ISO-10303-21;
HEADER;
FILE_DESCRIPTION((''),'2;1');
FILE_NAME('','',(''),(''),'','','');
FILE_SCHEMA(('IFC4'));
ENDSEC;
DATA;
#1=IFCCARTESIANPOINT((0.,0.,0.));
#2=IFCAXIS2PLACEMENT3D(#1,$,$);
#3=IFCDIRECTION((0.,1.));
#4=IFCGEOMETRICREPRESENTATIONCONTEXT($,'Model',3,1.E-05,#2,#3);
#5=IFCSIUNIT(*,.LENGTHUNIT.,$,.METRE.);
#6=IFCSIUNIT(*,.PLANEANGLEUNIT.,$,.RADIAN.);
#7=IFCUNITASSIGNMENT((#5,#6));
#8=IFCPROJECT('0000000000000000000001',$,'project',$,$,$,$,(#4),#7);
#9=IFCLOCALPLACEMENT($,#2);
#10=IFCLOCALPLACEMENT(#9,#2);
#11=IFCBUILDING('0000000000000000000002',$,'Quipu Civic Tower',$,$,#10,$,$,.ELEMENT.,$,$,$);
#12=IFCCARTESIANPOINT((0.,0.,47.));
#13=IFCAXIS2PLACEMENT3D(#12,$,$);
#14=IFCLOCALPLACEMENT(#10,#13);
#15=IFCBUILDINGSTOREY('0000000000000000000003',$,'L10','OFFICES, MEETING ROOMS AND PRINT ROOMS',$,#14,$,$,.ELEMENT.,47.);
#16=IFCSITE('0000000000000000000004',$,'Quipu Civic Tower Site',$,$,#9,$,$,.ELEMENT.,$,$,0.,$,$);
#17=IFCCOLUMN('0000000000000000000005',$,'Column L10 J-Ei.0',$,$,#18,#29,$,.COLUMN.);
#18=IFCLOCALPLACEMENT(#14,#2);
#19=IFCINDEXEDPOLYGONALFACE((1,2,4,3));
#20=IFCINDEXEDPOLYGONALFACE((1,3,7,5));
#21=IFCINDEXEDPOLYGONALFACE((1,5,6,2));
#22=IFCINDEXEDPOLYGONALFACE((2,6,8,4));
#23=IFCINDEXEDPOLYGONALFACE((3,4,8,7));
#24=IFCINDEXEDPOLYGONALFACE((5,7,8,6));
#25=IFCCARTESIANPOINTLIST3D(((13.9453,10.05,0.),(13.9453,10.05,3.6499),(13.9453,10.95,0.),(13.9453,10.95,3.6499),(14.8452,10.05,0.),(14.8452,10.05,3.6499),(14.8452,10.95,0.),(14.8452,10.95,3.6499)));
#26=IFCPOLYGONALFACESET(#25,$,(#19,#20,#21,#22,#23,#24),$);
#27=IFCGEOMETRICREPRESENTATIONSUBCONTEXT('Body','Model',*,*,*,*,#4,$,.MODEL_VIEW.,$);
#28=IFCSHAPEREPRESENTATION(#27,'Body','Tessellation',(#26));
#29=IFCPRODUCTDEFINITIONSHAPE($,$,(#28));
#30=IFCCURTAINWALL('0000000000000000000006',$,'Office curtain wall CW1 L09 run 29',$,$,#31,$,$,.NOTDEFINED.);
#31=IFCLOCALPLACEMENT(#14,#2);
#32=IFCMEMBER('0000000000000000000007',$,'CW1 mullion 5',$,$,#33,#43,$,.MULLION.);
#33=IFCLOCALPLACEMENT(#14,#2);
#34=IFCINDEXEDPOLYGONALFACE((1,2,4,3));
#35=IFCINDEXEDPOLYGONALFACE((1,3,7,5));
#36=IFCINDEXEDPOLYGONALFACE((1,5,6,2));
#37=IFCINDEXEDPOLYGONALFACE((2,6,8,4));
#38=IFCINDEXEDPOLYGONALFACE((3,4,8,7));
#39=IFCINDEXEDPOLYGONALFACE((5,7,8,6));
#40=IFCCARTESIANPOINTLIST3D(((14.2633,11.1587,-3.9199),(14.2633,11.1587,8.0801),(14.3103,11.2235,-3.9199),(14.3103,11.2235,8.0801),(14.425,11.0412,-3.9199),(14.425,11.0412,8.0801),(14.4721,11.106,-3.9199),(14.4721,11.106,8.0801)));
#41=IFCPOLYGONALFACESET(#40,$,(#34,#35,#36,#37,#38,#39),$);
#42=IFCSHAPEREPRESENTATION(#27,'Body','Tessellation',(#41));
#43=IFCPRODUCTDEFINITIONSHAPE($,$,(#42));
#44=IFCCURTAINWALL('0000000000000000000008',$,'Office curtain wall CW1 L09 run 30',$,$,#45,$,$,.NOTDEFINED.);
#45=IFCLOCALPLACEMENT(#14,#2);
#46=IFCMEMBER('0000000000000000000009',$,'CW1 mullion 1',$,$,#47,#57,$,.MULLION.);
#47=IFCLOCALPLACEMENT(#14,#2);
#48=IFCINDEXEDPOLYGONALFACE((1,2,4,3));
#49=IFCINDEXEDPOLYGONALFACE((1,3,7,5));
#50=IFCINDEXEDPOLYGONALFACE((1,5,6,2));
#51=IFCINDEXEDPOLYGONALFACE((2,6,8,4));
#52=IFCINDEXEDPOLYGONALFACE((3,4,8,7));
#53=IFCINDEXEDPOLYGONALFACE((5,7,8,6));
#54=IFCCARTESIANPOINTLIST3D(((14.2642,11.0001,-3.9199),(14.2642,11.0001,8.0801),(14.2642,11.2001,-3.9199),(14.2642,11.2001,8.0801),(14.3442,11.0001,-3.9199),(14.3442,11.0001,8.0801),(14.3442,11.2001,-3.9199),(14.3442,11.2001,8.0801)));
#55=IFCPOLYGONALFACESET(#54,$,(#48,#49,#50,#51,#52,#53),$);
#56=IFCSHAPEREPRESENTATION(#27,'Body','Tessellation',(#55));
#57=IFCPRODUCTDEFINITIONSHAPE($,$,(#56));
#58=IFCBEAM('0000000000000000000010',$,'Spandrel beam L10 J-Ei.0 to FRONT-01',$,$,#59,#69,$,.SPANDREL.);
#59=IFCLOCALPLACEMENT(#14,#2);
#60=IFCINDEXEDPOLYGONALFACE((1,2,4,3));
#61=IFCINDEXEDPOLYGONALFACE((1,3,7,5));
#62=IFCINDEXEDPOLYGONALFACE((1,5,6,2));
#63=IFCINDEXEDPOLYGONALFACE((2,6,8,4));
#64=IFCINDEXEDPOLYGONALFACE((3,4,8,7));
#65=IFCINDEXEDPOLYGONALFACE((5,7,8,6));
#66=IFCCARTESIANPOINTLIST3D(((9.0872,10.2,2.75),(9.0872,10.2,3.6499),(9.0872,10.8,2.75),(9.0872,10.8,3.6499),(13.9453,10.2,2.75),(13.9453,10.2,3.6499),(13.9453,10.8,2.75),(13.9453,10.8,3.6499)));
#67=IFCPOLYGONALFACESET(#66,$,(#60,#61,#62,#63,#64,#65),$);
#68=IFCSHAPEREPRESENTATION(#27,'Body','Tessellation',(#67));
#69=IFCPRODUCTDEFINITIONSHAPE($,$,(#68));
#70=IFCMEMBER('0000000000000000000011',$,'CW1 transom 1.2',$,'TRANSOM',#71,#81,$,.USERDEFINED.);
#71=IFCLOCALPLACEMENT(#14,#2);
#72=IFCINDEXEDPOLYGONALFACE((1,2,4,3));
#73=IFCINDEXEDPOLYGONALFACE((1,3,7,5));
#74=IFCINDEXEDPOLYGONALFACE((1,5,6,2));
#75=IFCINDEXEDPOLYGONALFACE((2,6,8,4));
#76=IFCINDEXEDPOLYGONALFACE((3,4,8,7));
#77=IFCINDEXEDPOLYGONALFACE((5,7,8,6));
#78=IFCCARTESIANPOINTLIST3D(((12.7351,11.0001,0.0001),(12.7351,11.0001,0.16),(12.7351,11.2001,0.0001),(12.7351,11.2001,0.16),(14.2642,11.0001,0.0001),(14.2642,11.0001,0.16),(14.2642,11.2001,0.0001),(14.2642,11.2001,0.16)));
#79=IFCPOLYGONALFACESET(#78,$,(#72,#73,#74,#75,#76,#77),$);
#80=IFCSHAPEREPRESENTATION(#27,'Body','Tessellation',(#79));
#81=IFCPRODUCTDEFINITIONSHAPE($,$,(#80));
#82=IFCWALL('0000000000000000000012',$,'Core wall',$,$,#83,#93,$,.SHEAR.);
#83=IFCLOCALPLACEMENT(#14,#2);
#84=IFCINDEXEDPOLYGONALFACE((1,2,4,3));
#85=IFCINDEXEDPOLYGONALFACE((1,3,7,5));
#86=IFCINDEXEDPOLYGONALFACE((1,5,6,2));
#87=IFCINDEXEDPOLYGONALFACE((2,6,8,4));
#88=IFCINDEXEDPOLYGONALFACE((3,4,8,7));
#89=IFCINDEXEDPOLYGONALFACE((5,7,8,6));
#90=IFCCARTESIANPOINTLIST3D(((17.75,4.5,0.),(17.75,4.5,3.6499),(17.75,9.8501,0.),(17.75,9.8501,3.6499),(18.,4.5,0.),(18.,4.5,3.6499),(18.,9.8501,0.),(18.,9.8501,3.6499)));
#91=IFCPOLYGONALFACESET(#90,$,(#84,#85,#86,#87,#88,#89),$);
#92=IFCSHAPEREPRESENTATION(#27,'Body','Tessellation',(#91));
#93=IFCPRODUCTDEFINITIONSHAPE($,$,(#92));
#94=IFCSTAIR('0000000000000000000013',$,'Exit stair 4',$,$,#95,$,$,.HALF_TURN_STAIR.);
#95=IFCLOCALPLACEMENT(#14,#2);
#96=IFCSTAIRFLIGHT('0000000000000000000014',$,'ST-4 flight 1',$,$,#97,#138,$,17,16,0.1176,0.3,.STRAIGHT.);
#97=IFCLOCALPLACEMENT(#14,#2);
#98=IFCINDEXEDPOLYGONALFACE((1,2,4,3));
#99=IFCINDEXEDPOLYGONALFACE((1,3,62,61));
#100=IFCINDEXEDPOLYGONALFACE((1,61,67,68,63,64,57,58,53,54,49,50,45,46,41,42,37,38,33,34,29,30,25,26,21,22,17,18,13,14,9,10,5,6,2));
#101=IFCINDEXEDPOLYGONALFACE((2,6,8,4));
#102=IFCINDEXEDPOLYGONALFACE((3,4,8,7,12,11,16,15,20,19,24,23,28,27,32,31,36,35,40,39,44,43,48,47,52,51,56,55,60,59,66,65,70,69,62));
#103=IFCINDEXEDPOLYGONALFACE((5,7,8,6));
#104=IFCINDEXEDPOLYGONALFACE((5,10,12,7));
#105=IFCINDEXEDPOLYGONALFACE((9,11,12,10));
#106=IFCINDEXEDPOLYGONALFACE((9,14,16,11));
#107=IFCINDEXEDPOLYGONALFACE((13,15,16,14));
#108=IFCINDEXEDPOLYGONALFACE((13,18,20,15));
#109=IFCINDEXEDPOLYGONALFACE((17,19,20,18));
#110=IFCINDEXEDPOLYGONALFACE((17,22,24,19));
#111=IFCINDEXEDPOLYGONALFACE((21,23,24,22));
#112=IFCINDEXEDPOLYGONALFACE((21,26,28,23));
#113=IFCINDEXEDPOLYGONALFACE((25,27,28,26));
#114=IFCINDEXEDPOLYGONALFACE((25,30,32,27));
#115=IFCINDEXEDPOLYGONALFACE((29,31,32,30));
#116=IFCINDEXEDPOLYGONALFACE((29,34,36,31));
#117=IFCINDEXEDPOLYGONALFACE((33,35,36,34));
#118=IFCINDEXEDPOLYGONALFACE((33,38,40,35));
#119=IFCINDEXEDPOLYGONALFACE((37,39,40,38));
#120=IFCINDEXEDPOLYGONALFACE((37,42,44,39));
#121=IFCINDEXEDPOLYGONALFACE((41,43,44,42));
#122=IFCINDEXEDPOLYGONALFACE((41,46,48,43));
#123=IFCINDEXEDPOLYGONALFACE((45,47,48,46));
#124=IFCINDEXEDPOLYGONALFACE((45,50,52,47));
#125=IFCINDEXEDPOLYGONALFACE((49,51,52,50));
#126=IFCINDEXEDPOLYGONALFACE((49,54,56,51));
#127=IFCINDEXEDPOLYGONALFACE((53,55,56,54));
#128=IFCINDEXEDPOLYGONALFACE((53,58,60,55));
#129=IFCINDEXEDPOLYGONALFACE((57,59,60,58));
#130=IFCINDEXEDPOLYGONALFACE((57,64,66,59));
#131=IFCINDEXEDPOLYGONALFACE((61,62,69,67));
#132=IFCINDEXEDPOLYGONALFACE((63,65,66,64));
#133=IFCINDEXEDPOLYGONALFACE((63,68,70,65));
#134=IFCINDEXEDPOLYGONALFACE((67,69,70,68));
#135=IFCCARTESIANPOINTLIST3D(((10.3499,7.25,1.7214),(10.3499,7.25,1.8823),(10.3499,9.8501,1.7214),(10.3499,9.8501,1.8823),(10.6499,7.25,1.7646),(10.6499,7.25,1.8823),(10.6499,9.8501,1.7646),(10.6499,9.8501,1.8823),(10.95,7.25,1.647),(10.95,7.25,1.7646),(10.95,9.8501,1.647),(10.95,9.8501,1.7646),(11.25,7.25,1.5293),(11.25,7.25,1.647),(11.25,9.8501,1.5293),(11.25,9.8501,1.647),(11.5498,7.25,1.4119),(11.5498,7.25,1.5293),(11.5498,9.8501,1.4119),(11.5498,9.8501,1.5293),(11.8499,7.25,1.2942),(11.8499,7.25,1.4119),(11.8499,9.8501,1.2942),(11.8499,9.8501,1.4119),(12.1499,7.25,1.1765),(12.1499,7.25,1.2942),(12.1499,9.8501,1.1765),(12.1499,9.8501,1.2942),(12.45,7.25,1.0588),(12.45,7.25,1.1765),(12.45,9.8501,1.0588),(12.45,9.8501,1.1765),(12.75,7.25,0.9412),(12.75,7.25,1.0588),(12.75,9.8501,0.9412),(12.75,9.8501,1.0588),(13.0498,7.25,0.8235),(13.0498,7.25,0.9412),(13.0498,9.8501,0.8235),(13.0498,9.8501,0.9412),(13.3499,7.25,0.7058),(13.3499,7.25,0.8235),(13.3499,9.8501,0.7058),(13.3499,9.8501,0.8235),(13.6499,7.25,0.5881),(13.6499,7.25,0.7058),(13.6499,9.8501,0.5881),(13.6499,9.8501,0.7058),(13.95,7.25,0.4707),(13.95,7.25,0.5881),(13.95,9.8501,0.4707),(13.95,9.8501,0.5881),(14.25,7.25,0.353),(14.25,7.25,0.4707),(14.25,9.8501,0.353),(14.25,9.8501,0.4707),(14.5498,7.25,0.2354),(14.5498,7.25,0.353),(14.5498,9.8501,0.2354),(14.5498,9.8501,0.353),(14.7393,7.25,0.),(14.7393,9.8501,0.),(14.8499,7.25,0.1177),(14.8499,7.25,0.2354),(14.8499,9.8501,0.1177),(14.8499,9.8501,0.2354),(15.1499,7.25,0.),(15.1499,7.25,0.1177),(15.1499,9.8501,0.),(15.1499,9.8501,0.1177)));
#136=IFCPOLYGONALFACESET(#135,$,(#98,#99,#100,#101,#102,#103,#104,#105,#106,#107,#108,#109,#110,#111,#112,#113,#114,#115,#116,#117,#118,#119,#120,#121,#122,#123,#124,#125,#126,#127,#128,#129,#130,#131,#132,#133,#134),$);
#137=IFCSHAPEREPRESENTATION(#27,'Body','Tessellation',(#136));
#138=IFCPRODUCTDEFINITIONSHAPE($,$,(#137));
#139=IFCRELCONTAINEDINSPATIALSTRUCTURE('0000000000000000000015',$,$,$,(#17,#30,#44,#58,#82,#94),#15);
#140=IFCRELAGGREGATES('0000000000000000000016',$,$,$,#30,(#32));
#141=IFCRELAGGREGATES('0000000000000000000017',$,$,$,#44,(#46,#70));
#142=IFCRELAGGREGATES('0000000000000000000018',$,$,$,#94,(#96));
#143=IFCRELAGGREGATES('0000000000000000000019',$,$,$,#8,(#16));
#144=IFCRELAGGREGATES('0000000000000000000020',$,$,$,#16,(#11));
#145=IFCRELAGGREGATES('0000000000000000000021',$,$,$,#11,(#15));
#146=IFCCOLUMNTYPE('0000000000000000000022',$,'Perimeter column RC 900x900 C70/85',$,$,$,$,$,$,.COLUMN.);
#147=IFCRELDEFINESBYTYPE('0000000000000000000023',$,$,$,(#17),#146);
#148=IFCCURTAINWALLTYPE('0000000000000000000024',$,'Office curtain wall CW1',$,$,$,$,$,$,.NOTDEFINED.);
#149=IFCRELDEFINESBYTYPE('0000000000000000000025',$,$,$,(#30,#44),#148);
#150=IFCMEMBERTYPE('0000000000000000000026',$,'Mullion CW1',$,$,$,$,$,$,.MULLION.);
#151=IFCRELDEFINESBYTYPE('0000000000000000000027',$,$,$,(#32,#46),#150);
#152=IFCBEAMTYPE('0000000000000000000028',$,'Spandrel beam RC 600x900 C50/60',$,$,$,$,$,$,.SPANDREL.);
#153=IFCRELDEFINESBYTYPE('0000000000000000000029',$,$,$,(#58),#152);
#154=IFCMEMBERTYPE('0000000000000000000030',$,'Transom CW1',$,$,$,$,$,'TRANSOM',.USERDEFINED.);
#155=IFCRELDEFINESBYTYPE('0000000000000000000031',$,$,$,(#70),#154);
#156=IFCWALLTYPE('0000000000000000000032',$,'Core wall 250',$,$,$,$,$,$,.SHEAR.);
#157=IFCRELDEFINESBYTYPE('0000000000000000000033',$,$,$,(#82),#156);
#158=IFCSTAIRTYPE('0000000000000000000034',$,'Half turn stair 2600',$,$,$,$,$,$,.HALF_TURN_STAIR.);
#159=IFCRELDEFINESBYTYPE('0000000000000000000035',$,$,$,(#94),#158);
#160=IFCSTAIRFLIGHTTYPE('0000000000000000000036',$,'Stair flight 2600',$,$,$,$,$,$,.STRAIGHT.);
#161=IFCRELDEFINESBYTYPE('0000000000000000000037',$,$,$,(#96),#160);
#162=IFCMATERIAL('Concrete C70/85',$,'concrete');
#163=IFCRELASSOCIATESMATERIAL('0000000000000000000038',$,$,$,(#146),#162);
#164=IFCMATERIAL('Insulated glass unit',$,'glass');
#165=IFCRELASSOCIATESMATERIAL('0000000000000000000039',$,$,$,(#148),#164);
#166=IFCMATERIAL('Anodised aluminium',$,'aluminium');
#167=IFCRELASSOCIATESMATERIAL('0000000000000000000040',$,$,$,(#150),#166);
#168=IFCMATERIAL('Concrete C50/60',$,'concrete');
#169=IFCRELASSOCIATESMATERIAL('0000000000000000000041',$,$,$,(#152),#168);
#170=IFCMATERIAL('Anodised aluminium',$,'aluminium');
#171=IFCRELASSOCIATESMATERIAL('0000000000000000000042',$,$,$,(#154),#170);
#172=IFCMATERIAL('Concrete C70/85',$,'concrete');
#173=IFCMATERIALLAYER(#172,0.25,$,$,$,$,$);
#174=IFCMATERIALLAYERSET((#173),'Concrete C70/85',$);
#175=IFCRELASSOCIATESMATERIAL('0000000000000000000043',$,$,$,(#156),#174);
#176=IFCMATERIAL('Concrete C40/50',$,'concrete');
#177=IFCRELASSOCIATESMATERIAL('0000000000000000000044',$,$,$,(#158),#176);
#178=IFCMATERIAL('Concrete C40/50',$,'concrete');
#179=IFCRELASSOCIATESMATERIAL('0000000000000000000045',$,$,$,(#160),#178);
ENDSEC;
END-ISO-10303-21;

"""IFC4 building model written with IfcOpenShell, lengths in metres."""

from ifc_helpers import new_model, si_unit, direction, frame, frame_2d, origin, origin_2d, place, context, subcontext, project, spatial, polyline, rectangle, outline, extrude, material, layer, layer_set, material_profile, profile_set, type_object, element, aggregate, save


model = new_model("IFC4")

# Units and contexts
model_context = context("Model", 3, precision=1e-05, world=origin(), true_north=direction((0.0, 1.0)))
body_context = subcontext(model_context, "Body", "Model", "MODEL_VIEW")
ifc_project = project(units=[si_unit("LENGTHUNIT", "METRE"), si_unit("PLANEANGLEUNIT", "RADIAN")], contexts=[model_context])

# Site, building, storey
site_placement = place(None, origin())
site = spatial("IfcSite", under=ifc_project, at=site_placement, Name="Quipu Civic Tower Site", CompositionType="ELEMENT", RefElevation=0.0)
building_placement = place(site_placement, origin())
building = spatial("IfcBuilding", under=site, at=building_placement, Name="Quipu Civic Tower", CompositionType="ELEMENT")
storey_placement = place(building_placement, frame((0.0, 0.0, 47.0)))
storey = spatial("IfcBuildingStorey", under=building, at=storey_placement, Name="L10", Description="OFFICES, MEETING ROOMS AND PRINT ROOMS", CompositionType="ELEMENT", Elevation=47.0)

# Column
ifc_material_1 = material(Name="Concrete C70/85", Category="concrete")
ifc_material_profile_1 = material_profile(ifc_material_1, rectangle(XDim=0.8999, YDim=0.8999, at=origin_2d()), Name="RC900x900")
ifc_profile_set_1 = profile_set([ifc_material_profile_1], Name="Concrete C70/85")
column_type = type_object("IfcColumnType", Name="Perimeter column RC 900x900 C70/85", PredefinedType="COLUMN", material=ifc_profile_set_1)
column_placement = place(storey_placement, frame((14.3953, 10.5, 0.0), z_axis=(0.0, 0.0, 1.0), x_axis=(-1.0, 0.0, 0.0)))
element("IfcColumn", 1, at=column_placement, inside=storey, type_object=column_type, Name="Column L10 J-Ei.0", PredefinedType="COLUMN", context=body_context, shape_type="SweptSolid", body=[
    extrude(rectangle(XDim=0.8999, YDim=0.8999, at=origin_2d()), origin(), (0.0, 0.0, 1.0), 3.6499),
])

# Curtain walls, members
ifc_material_2 = material(Name="Insulated glass unit", Category="glass")
curtain_wall_type = type_object("IfcCurtainWallType", Name="Office curtain wall CW1", PredefinedType="NOTDEFINED", material=ifc_material_2)
curtain_wall_1_placement = place(storey_placement, origin())
curtain_wall_1 = element("IfcCurtainWall", 2, at=curtain_wall_1_placement, inside=storey, type_object=curtain_wall_type, Name="Office curtain wall CW1 L09 run 29", PredefinedType="NOTDEFINED")
ifc_material_3 = material(Name="Anodised aluminium", Category="aluminium")
ifc_material_profile_2 = material_profile(ifc_material_3, rectangle(XDim=0.2, YDim=0.0801, at=origin_2d()), Name="RECT 200x80")
ifc_profile_set_2 = profile_set([ifc_material_profile_2], Name="Anodised aluminium")
member_type_1 = type_object("IfcMemberType", Name="Mullion CW1", PredefinedType="MULLION", material=ifc_profile_set_2)
member_1_placement = place(storey_placement, frame((14.3677, 11.1323, -3.9199), z_axis=(0.0, 0.0, 1.0), x_axis=(0.809017, -0.587786, 0.0)))
member_1 = element("IfcMember", 3, at=member_1_placement, type_object=member_type_1, Name="CW1 mullion 5", PredefinedType="MULLION", context=body_context, shape_type="SweptSolid", body=[
    extrude(rectangle(XDim=0.2, YDim=0.0801, at=origin_2d()), origin(), (0.0, 0.0, 1.0), 12.0),
])
aggregate(curtain_wall_1, [member_1])
curtain_wall_2_placement = place(storey_placement, origin())
curtain_wall_2 = element("IfcCurtainWall", 4, at=curtain_wall_2_placement, inside=storey, type_object=curtain_wall_type, Name="Office curtain wall CW1 L09 run 30", PredefinedType="NOTDEFINED")
member_2_placement = place(storey_placement, frame((14.3042, 11.1001, -3.9199), z_axis=(0.0, 0.0, 1.0), x_axis=(0.0, -1.0, 0.0)))
member_2 = element("IfcMember", 5, at=member_2_placement, type_object=member_type_1, Name="CW1 mullion 1", PredefinedType="MULLION", context=body_context, shape_type="SweptSolid", body=[
    extrude(rectangle(XDim=0.2, YDim=0.0801, at=origin_2d()), origin(), (0.0, 0.0, 1.0), 12.0),
])

# Beam
ifc_material_4 = material(Name="Concrete C50/60", Category="concrete")
ifc_material_profile_3 = material_profile(ifc_material_4, rectangle(XDim=0.6001, YDim=0.8999, at=origin_2d()), Name="RC600x900")
ifc_profile_set_3 = profile_set([ifc_material_profile_3], Name="Concrete C50/60")
beam_type = type_object("IfcBeamType", Name="Spandrel beam RC 600x900 C50/60", PredefinedType="SPANDREL", material=ifc_profile_set_3)
beam_placement = place(storey_placement, frame((13.9453, 10.5, 3.2), z_axis=(-1.0, 0.0, 0.0), x_axis=(0.0, -1.0, 0.0)))
element("IfcBeam", 6, at=beam_placement, inside=storey, type_object=beam_type, Name="Spandrel beam L10 J-Ei.0 to FRONT-01", PredefinedType="SPANDREL", context=body_context, shape_type="SweptSolid", body=[
    extrude(rectangle(XDim=0.6001, YDim=0.8999, at=origin_2d()), origin(), (0.0, 0.0, 1.0), 4.8582),
])

# Member
ifc_material_5 = material(Name="Anodised aluminium", Category="aluminium")
ifc_material_profile_4 = material_profile(ifc_material_5, rectangle(XDim=0.2, YDim=0.1599, at=origin_2d()), Name="RECT 200x160")
ifc_profile_set_4 = profile_set([ifc_material_profile_4], Name="Anodised aluminium")
member_type_2 = type_object("IfcMemberType", Name="Transom CW1", ElementType="TRANSOM", PredefinedType="USERDEFINED", material=ifc_profile_set_4)
member_3_placement = place(storey_placement, frame((14.2642, 11.1001, 0.0801), z_axis=(-1.0, 0.0, 0.0), x_axis=(0.0, -1.0, 0.0)))
member_3 = element("IfcMember", 7, at=member_3_placement, type_object=member_type_2, Name="CW1 transom 1.2", ObjectType="TRANSOM", PredefinedType="USERDEFINED", context=body_context, shape_type="SweptSolid", body=[
    extrude(rectangle(XDim=0.2, YDim=0.1599, at=origin_2d()), origin(), (0.0, 0.0, 1.0), 1.5291),
])
aggregate(curtain_wall_2, [member_2, member_3])

# Wall
ifc_material_6 = material(Name="Concrete C70/85", Category="concrete")
ifc_layer = layer(ifc_material_6, 0.25)
ifc_layer_set = layer_set([ifc_layer], Name="Concrete C70/85")
wall_type = type_object("IfcWallType", Name="Core wall 250", PredefinedType="SHEAR", material=ifc_layer_set)
wall_placement = place(storey_placement, frame((17.875, 4.5, 0.0), z_axis=(0.0, 0.0, 1.0), x_axis=(0.0, 1.0, 0.0)))
element("IfcWall", 8, at=wall_placement, inside=storey, type_object=wall_type, Name="Core wall", PredefinedType="SHEAR", context=body_context, shape_type="SweptSolid", body=[
    extrude(rectangle(XDim=5.3501, YDim=0.25, at=frame_2d((2.675, 0.0))), origin(), (0.0, 0.0, 1.0), 3.6499),
])

# Stair, stair flight
ifc_material_7 = material(Name="Concrete C40/50", Category="concrete")
stair_type = type_object("IfcStairType", Name="Half turn stair 2600", PredefinedType="HALF_TURN_STAIR", material=ifc_material_7)
stair_placement = place(storey_placement, origin())
stair = element("IfcStair", 9, at=stair_placement, inside=storey, type_object=stair_type, Name="Exit stair 4", PredefinedType="HALF_TURN_STAIR")
ifc_material_8 = material(Name="Concrete C40/50", Category="concrete")
stair_flight_type = type_object("IfcStairFlightType", Name="Stair flight 2600", PredefinedType="STRAIGHT", material=ifc_material_8)
stair_flight_placement = place(storey_placement, frame((15.1499, 8.55, 0.0), z_axis=(0.0, 0.0, 1.0), x_axis=(-1.0, 0.0, 0.0)))
stair_flight = element("IfcStairFlight", 10, at=stair_flight_placement, type_object=stair_flight_type, Name="ST-4 flight 1", NumberOfRisers=17, NumberOfTreads=16, PredefinedType="STRAIGHT", RiserHeight=0.1176, TreadLength=0.3, context=body_context, shape_type="SweptSolid", body=[
    extrude(outline(polyline([(0.0, 0.0), (0.0, 0.1177), (0.3, 0.1177), (0.3, 0.2354), (0.6001, 0.2354), (0.6001, 0.353), (0.8999, 0.353), (0.8999, 0.4707), (1.2, 0.4707), (1.2, 0.5881), (1.5, 0.5881), (1.5, 0.7058), (1.8, 0.7058), (1.8, 0.8235), (2.1001, 0.8235), (2.1001, 0.9412), (2.3999, 0.9412), (2.3999, 1.0588), (2.7, 1.0588), (2.7, 1.1765), (3.0, 1.1765), (3.0, 1.2942), (3.3, 1.2942), (3.3, 1.4119), (3.6001, 1.4119), (3.6001, 1.5293), (3.8999, 1.5293), (3.8999, 1.647), (4.2, 1.647), (4.2, 1.7646), (4.5, 1.7646), (4.5, 1.8823), (4.8, 1.8823), (4.8, 2.0), (4.8, 1.7214), (0.4106, 0.0), (0.0, 0.0)])), frame((0.0, 1.3, 0.0), z_axis=(0.0, -1.0, 0.0), x_axis=(1.0, 0.0, 0.0)), (0.0, 0.0, 1.0), 2.6001),
])
aggregate(stair, [stair_flight])

save(model, "model.ifc")
